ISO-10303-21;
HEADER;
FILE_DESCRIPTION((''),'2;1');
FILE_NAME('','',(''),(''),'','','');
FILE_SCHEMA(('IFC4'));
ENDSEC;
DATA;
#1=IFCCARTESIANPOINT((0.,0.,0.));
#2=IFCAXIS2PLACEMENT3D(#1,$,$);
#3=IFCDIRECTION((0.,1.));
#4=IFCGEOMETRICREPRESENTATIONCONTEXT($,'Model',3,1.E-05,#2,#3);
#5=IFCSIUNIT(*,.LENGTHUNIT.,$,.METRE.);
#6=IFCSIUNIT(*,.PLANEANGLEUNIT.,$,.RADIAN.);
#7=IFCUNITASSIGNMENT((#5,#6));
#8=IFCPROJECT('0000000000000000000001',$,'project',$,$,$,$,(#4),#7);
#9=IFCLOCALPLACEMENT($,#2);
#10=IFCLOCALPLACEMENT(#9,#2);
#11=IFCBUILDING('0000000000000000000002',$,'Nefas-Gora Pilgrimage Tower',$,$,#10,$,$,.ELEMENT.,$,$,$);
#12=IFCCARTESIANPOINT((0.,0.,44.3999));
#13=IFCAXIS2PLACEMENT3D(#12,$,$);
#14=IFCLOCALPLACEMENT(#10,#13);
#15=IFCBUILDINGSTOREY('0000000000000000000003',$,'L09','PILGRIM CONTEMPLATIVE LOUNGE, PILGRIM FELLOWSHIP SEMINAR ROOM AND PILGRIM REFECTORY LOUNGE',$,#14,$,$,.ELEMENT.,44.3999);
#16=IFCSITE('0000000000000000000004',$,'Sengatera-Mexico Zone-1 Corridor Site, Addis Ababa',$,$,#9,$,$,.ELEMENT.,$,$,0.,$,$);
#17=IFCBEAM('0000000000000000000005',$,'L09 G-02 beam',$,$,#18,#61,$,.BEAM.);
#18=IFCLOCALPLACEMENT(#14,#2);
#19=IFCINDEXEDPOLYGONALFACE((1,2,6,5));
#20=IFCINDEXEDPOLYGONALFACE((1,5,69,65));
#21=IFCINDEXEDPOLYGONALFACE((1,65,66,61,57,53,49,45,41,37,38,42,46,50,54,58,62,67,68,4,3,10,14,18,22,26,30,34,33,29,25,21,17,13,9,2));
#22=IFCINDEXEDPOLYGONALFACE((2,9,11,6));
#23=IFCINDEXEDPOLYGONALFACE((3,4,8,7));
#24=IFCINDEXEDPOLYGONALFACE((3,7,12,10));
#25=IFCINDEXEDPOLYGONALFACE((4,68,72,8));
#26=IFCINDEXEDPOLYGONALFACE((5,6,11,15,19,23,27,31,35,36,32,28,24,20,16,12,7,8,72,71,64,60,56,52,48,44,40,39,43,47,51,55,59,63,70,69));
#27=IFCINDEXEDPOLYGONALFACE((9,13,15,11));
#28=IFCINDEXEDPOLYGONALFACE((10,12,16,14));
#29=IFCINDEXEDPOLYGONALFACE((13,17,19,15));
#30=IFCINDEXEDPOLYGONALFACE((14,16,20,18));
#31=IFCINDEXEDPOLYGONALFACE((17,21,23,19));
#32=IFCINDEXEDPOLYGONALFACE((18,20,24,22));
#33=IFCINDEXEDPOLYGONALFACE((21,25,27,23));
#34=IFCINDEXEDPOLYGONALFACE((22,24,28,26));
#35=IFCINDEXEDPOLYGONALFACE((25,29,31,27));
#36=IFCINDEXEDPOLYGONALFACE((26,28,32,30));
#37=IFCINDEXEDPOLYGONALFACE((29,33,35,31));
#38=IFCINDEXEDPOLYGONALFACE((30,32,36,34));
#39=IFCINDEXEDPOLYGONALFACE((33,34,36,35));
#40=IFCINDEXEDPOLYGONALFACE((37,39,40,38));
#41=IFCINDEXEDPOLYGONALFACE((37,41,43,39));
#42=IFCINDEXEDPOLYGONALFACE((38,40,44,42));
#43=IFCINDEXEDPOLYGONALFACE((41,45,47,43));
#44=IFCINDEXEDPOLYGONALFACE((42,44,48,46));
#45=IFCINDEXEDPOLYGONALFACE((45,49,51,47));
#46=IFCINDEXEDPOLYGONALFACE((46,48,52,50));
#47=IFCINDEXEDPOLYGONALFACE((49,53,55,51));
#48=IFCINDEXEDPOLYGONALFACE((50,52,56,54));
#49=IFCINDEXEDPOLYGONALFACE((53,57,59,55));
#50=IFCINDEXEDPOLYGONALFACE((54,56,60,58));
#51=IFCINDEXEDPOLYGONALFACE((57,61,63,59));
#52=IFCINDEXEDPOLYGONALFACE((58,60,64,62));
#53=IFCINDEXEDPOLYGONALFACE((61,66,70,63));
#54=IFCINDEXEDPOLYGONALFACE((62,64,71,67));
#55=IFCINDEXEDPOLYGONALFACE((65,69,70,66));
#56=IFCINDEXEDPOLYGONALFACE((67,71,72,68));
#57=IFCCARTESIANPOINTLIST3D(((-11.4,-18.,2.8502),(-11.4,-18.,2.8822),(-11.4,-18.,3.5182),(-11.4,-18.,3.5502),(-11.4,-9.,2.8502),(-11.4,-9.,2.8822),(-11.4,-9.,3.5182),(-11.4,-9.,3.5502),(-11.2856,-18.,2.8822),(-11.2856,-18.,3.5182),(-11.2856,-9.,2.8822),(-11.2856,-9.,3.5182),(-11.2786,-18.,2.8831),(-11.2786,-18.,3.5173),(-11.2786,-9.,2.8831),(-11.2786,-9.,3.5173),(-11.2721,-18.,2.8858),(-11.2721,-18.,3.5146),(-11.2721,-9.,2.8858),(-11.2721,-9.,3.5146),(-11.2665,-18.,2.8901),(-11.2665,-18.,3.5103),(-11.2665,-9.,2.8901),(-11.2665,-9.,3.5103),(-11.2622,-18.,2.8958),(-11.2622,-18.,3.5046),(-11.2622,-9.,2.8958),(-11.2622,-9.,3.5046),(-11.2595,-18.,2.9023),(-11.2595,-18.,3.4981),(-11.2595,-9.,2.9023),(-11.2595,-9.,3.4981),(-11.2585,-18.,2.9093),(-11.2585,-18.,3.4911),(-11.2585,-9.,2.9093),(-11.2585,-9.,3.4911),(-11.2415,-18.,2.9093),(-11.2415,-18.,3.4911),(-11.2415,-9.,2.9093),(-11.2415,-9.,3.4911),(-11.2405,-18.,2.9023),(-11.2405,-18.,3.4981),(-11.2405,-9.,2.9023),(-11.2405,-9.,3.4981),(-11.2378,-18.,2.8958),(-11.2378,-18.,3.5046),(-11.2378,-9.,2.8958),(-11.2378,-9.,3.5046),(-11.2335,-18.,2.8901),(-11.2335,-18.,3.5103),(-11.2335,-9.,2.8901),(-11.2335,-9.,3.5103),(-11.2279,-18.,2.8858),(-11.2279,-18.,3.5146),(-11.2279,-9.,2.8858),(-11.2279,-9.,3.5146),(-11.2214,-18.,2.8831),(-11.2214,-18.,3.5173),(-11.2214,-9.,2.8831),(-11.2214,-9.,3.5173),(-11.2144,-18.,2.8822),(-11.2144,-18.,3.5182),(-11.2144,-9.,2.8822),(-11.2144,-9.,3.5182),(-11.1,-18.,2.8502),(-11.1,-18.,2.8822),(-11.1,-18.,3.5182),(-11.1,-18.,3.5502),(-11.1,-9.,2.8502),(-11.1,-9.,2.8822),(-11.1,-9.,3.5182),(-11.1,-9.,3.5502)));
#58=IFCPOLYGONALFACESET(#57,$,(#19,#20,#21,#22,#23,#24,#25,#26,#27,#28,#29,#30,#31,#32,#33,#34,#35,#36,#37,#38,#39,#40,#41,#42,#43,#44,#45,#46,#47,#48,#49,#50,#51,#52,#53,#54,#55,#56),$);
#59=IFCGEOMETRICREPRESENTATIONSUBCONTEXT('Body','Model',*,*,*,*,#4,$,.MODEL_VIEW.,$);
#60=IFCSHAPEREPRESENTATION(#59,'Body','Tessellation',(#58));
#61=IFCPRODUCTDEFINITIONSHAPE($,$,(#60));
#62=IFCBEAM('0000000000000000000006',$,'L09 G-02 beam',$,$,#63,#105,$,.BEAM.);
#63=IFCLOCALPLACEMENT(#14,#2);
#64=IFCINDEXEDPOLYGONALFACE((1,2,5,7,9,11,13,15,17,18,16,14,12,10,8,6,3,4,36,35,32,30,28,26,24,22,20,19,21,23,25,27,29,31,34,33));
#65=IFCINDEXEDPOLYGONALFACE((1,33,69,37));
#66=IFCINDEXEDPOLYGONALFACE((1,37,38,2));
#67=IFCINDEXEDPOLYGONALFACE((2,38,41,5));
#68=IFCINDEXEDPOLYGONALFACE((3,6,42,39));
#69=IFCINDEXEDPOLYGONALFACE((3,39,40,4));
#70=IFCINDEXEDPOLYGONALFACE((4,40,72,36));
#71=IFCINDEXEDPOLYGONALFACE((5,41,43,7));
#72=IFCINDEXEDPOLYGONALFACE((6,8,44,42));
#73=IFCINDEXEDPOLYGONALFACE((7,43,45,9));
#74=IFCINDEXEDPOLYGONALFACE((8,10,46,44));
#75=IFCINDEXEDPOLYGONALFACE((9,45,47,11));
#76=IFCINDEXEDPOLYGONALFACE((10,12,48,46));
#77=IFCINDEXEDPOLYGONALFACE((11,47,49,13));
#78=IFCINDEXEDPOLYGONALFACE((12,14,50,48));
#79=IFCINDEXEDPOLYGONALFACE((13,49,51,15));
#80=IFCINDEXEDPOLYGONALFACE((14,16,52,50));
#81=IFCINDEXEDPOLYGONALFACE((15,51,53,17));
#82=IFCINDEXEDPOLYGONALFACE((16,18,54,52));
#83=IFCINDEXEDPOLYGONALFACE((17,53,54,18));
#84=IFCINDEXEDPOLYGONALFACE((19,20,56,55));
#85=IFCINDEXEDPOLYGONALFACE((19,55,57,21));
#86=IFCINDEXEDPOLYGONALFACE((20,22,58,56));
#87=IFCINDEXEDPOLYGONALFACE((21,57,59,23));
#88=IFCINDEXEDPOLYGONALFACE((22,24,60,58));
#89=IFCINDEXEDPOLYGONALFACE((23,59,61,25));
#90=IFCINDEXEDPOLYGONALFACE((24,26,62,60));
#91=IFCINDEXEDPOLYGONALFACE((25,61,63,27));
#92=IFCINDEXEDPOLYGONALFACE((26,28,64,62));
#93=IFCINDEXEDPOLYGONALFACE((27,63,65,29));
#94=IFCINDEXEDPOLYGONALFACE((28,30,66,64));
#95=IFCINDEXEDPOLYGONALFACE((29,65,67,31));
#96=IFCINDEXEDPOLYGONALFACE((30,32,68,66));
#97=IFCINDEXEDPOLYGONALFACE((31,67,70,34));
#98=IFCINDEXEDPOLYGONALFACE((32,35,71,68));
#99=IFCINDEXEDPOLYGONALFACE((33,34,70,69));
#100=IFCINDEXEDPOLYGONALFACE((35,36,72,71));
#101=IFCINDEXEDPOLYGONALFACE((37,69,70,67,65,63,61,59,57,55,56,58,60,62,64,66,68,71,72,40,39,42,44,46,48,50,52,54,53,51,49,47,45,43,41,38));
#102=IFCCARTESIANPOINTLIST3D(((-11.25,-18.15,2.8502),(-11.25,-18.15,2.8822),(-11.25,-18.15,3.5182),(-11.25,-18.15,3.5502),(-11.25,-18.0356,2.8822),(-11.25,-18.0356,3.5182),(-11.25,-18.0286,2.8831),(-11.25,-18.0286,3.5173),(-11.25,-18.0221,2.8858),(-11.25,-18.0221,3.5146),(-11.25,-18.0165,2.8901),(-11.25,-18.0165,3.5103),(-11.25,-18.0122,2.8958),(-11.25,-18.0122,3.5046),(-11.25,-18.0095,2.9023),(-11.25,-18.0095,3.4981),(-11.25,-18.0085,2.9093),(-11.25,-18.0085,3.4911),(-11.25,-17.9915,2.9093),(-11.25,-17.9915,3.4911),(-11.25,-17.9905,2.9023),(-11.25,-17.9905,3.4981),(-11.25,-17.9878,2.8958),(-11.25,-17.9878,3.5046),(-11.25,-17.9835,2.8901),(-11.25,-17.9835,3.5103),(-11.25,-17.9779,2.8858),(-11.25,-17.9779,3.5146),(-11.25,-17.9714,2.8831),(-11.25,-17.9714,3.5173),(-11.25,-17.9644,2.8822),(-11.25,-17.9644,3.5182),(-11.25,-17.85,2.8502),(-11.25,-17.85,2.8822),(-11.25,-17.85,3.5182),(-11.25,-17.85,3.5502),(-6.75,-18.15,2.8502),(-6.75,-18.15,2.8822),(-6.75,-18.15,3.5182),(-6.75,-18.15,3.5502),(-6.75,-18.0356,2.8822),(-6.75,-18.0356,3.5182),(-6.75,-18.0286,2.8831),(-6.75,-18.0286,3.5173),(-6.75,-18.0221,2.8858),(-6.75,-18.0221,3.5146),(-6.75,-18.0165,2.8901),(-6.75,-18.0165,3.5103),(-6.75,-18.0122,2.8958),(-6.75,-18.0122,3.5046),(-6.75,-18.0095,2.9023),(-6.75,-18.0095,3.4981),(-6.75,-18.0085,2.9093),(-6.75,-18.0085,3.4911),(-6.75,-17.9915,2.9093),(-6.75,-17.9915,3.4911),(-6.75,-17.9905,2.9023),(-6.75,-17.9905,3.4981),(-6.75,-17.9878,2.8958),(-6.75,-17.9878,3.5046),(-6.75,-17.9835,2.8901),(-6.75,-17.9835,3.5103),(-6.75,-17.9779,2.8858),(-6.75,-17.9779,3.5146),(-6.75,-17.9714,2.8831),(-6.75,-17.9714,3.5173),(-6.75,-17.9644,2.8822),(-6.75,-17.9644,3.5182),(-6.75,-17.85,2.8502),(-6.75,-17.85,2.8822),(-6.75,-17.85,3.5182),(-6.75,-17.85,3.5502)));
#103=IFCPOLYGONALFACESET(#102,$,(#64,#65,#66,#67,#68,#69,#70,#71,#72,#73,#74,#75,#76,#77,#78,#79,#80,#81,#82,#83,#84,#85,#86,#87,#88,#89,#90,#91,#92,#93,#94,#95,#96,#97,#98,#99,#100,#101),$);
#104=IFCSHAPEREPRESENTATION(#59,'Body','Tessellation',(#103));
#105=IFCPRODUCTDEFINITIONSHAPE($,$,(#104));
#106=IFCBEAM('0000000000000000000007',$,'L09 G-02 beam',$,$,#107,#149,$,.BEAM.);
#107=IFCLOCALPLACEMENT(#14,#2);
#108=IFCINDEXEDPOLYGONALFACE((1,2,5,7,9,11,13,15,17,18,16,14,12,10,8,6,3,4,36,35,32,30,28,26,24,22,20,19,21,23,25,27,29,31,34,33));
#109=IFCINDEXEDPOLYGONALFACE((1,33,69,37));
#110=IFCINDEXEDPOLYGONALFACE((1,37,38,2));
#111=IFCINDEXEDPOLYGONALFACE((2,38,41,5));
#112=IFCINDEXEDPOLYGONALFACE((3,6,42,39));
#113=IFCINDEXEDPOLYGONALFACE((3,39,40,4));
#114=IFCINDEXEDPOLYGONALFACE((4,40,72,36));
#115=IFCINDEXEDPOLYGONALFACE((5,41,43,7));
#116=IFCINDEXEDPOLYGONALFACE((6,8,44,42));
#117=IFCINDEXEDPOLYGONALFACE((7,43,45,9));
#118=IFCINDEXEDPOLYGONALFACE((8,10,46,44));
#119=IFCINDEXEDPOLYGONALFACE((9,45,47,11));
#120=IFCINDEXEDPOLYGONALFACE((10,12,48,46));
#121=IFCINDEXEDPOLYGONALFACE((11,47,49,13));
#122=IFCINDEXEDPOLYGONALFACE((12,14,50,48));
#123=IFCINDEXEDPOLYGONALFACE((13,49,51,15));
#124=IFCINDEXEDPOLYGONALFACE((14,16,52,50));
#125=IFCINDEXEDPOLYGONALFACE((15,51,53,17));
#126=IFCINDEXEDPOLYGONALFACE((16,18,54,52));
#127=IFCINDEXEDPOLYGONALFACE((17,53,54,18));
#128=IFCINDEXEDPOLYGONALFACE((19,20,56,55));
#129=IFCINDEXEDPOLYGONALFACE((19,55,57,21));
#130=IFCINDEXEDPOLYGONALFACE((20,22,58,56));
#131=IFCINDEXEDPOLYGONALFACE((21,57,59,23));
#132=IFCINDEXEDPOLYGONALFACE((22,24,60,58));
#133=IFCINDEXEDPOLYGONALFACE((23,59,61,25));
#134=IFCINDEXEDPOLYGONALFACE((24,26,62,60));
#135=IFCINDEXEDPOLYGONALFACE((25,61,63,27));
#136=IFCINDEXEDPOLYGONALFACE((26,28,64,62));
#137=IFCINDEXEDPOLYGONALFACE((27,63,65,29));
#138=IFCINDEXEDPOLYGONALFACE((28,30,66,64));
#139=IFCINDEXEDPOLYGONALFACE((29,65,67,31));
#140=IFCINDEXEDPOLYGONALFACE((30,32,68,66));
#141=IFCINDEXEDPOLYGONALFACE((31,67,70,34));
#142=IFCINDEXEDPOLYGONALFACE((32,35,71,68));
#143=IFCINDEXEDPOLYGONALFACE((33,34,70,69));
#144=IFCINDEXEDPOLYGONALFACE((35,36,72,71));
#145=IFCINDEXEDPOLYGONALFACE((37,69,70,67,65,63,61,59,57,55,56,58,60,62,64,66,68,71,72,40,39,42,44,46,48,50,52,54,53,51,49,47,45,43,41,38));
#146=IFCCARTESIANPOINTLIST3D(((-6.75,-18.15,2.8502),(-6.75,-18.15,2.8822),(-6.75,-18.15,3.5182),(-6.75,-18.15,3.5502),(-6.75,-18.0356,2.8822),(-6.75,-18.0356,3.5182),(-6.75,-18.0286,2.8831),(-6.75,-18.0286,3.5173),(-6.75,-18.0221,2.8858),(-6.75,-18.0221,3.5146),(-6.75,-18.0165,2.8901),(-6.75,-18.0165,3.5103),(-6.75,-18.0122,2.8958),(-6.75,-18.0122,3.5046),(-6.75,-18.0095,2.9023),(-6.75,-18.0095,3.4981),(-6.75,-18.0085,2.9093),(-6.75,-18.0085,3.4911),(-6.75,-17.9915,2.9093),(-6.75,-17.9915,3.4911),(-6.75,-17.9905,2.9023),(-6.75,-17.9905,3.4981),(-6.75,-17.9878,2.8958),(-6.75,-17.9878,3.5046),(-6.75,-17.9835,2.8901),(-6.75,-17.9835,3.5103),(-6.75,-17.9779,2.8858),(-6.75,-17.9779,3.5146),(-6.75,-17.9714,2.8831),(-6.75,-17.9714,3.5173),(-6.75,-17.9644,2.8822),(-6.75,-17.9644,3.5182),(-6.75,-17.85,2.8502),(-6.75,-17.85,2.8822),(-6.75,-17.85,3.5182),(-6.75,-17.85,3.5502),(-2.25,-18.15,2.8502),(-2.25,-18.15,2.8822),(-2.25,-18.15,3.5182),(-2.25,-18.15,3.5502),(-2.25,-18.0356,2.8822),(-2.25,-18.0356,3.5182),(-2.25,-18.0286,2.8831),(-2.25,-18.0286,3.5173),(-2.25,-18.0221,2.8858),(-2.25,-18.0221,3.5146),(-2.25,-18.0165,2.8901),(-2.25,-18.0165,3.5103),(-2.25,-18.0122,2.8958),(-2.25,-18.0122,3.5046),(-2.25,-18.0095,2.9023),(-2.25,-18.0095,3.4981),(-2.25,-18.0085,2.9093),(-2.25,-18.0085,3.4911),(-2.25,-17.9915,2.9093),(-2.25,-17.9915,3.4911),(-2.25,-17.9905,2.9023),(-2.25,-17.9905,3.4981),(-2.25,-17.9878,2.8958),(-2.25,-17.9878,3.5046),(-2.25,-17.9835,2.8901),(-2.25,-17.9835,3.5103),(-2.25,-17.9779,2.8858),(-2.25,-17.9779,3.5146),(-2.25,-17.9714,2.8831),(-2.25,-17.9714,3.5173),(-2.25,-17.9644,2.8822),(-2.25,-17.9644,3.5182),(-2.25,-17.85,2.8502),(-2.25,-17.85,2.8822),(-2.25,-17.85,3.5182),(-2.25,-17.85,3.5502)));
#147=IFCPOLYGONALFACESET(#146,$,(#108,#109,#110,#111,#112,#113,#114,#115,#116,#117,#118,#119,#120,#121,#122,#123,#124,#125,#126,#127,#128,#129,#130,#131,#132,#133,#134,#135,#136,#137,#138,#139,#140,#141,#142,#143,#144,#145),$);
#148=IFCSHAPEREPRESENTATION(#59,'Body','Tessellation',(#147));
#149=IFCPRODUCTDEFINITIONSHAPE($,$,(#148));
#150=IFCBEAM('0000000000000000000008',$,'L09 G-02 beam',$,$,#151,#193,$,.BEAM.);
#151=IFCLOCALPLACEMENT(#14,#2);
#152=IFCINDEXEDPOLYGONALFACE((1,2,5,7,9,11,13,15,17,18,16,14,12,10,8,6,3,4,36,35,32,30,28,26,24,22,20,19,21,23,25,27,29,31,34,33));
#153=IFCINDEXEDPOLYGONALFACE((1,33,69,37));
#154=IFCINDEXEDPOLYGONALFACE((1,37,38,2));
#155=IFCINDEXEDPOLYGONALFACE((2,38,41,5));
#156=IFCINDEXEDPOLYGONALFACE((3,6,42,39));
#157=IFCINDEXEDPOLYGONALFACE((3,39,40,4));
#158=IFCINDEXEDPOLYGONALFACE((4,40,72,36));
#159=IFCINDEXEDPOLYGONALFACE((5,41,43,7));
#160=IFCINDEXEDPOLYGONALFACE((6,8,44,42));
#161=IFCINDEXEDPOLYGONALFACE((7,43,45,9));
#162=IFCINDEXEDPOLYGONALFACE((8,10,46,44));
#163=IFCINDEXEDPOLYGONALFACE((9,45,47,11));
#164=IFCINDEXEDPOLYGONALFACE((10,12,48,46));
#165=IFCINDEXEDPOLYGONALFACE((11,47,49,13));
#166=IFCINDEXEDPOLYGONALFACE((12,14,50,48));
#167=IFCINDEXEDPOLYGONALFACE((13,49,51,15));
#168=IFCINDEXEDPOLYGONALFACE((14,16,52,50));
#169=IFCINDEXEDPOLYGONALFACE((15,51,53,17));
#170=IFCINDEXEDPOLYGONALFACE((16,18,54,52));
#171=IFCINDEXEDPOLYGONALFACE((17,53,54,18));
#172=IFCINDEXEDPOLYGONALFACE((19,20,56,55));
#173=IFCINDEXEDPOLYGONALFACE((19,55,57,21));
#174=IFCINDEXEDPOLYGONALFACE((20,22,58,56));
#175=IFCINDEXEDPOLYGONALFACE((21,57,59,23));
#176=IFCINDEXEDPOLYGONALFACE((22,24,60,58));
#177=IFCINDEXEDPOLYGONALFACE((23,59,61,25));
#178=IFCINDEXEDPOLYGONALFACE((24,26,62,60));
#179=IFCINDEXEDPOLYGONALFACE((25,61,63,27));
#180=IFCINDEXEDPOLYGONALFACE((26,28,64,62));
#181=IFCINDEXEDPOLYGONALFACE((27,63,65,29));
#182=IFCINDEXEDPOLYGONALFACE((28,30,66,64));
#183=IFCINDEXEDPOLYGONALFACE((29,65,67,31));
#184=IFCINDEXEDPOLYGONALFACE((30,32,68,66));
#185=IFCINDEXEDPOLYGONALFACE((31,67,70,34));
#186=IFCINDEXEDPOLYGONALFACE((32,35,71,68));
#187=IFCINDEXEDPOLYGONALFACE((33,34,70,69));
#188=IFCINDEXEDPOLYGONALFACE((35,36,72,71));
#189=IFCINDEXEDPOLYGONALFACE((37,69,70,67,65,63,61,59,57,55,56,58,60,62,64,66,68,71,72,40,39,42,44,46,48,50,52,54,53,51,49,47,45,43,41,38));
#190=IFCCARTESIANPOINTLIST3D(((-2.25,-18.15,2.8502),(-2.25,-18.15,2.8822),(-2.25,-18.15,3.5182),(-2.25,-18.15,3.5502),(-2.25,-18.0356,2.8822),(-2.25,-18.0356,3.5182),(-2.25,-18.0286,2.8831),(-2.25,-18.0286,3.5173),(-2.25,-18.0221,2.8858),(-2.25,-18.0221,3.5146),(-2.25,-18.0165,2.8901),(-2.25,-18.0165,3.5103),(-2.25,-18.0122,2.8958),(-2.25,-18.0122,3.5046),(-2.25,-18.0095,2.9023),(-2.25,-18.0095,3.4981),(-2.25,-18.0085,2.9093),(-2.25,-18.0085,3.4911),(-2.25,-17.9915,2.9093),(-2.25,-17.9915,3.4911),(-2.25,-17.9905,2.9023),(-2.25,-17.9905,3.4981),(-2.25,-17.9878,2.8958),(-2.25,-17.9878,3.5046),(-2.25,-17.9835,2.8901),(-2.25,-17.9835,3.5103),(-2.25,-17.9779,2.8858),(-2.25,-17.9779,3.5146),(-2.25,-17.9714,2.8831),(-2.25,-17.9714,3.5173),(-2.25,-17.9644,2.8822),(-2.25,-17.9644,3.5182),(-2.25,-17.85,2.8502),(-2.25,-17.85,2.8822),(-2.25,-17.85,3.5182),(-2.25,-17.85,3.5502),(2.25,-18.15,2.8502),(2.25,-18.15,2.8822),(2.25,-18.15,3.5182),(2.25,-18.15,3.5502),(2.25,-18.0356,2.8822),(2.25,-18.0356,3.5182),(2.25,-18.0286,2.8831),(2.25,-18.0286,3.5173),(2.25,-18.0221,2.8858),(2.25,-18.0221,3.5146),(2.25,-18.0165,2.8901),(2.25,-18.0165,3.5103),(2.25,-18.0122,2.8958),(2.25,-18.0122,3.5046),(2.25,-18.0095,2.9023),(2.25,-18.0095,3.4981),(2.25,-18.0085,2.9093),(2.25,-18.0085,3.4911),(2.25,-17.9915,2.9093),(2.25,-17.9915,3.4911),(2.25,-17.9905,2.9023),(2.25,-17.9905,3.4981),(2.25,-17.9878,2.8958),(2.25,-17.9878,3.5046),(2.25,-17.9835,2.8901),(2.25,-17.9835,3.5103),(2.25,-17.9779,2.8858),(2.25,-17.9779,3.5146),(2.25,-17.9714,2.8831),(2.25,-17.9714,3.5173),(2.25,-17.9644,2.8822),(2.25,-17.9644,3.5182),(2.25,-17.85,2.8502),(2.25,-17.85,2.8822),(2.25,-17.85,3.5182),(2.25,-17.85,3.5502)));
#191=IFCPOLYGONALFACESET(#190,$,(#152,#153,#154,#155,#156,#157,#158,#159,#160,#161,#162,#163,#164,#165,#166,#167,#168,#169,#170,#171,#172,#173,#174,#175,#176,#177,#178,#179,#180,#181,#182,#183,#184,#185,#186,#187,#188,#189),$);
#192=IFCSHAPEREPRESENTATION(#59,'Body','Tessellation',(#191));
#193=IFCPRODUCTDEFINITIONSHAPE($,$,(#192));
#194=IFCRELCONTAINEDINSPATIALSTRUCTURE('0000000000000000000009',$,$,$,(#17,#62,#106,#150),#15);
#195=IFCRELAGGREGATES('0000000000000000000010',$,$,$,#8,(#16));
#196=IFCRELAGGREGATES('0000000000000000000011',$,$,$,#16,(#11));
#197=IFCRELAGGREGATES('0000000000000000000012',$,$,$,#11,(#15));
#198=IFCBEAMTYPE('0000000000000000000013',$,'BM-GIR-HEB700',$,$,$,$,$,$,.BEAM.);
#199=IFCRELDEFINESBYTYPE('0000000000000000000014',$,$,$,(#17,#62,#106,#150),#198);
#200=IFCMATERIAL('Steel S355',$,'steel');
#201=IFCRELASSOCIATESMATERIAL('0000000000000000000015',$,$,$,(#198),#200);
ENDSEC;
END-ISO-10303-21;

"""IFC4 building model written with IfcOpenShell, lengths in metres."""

from ifc_helpers import new_model, si_unit, direction, frame, origin, origin_2d, place, context, subcontext, project, spatial, i_section, extrude, source, transform, mapped, material, material_profile, profile_set, type_object, element, save


model = new_model("IFC4")

# Units and contexts
model_context = context("Model", 3, precision=1e-05, world=origin(), true_north=direction((0.0, 1.0)))
body_context = subcontext(model_context, "Body", "Model", "MODEL_VIEW")
ifc_project = project(units=[si_unit("LENGTHUNIT", "METRE"), si_unit("PLANEANGLEUNIT", "RADIAN")], contexts=[model_context])

# Site, building, storey
site_placement = place(None, origin())
site = spatial("IfcSite", under=ifc_project, at=site_placement, Name="Sengatera-Mexico Zone-1 Corridor Site, Addis Ababa", CompositionType="ELEMENT", RefElevation=0.0)
building_placement = place(site_placement, origin())
building = spatial("IfcBuilding", under=site, at=building_placement, Name="Nefas-Gora Pilgrimage Tower", CompositionType="ELEMENT")
storey_placement = place(building_placement, frame((0.0, 0.0, 44.3999)))
storey = spatial("IfcBuildingStorey", under=building, at=storey_placement, Name="L09", Description="PILGRIM CONTEMPLATIVE LOUNGE, PILGRIM FELLOWSHIP SEMINAR ROOM AND PILGRIM REFECTORY LOUNGE", CompositionType="ELEMENT", Elevation=44.3999)

# Beams
ifc_material_1 = material(Name="Steel S355", Category="steel")
ifc_material_profile_1 = material_profile(ifc_material_1, i_section(OverallWidth=0.3, OverallDepth=0.7, WebThickness=0.0171, FlangeThickness=0.032, FilletRadius=0.0271, at=origin_2d()), Name="HEB 700")
ifc_profile_set_1 = profile_set([ifc_material_profile_1], Name="Steel S355")
beam_type = type_object("IfcBeamType", Name="BM-GIR-HEB700", PredefinedType="BEAM", material=ifc_profile_set_1)
shared_shape_1 = source(origin(), body_context, "Body", "SweptSolid", [
    extrude(i_section(OverallWidth=0.3, OverallDepth=0.7, WebThickness=0.0171, FlangeThickness=0.032, FilletRadius=0.0271, at=origin_2d()), origin(), (0.0, 0.0, 1.0), 9.0),
])
beam_placement = place(storey_placement, frame((-11.25, -18.0, 3.2002), z_axis=(0.0, 1.0, 0.0), x_axis=(-1.0, 0.0, 0.0)))
element("IfcBeam", 1, at=beam_placement, inside=storey, type_object=beam_type, Name="L09 G-02 beam", PredefinedType="BEAM", context=body_context, shape_type="MappedRepresentation", body=[
    mapped(shared_shape_1, transform((0.0, 0.0, 0.0), x_axis=(1.0, 0.0, 0.0), y_axis=(0.0, 1.0, 0.0), z_axis=(0.0, 0.0, 1.0), scale=1.0)),
])
shared_shape_2 = source(origin(), body_context, "Body", "SweptSolid", [
    extrude(i_section(OverallWidth=0.3, OverallDepth=0.7, WebThickness=0.0171, FlangeThickness=0.032, FilletRadius=0.0271, at=origin_2d()), origin(), (0.0, 0.0, 1.0), 4.5),
])
for number, where, z_axis, x_axis, name in (
    (2, (-11.25, -18.0, 3.2002), (1.0, 0.0, 0.0), (0.0, 1.0, 0.0), "L09 G-02 beam"),
    (3, (-6.75, -18.0, 3.2002), (1.0, 0.0, 0.0), (0.0, 1.0, 0.0), "L09 G-02 beam"),
    (4, (-2.25, -18.0, 3.2002), (1.0, 0.0, 0.0), (0.0, 1.0, 0.0), "L09 G-02 beam"),
):
    element("IfcBeam", number, at=place(storey_placement, frame(where, z_axis=z_axis, x_axis=x_axis)), inside=storey, type_object=beam_type, Name=name, PredefinedType="BEAM", context=body_context, shape_type="MappedRepresentation", body=[
        mapped(shared_shape_2, transform((0.0, 0.0, 0.0), x_axis=(1.0, 0.0, 0.0), y_axis=(0.0, 1.0, 0.0), z_axis=(0.0, 0.0, 1.0), scale=1.0)),
    ])

save(model, "model.ifc")
